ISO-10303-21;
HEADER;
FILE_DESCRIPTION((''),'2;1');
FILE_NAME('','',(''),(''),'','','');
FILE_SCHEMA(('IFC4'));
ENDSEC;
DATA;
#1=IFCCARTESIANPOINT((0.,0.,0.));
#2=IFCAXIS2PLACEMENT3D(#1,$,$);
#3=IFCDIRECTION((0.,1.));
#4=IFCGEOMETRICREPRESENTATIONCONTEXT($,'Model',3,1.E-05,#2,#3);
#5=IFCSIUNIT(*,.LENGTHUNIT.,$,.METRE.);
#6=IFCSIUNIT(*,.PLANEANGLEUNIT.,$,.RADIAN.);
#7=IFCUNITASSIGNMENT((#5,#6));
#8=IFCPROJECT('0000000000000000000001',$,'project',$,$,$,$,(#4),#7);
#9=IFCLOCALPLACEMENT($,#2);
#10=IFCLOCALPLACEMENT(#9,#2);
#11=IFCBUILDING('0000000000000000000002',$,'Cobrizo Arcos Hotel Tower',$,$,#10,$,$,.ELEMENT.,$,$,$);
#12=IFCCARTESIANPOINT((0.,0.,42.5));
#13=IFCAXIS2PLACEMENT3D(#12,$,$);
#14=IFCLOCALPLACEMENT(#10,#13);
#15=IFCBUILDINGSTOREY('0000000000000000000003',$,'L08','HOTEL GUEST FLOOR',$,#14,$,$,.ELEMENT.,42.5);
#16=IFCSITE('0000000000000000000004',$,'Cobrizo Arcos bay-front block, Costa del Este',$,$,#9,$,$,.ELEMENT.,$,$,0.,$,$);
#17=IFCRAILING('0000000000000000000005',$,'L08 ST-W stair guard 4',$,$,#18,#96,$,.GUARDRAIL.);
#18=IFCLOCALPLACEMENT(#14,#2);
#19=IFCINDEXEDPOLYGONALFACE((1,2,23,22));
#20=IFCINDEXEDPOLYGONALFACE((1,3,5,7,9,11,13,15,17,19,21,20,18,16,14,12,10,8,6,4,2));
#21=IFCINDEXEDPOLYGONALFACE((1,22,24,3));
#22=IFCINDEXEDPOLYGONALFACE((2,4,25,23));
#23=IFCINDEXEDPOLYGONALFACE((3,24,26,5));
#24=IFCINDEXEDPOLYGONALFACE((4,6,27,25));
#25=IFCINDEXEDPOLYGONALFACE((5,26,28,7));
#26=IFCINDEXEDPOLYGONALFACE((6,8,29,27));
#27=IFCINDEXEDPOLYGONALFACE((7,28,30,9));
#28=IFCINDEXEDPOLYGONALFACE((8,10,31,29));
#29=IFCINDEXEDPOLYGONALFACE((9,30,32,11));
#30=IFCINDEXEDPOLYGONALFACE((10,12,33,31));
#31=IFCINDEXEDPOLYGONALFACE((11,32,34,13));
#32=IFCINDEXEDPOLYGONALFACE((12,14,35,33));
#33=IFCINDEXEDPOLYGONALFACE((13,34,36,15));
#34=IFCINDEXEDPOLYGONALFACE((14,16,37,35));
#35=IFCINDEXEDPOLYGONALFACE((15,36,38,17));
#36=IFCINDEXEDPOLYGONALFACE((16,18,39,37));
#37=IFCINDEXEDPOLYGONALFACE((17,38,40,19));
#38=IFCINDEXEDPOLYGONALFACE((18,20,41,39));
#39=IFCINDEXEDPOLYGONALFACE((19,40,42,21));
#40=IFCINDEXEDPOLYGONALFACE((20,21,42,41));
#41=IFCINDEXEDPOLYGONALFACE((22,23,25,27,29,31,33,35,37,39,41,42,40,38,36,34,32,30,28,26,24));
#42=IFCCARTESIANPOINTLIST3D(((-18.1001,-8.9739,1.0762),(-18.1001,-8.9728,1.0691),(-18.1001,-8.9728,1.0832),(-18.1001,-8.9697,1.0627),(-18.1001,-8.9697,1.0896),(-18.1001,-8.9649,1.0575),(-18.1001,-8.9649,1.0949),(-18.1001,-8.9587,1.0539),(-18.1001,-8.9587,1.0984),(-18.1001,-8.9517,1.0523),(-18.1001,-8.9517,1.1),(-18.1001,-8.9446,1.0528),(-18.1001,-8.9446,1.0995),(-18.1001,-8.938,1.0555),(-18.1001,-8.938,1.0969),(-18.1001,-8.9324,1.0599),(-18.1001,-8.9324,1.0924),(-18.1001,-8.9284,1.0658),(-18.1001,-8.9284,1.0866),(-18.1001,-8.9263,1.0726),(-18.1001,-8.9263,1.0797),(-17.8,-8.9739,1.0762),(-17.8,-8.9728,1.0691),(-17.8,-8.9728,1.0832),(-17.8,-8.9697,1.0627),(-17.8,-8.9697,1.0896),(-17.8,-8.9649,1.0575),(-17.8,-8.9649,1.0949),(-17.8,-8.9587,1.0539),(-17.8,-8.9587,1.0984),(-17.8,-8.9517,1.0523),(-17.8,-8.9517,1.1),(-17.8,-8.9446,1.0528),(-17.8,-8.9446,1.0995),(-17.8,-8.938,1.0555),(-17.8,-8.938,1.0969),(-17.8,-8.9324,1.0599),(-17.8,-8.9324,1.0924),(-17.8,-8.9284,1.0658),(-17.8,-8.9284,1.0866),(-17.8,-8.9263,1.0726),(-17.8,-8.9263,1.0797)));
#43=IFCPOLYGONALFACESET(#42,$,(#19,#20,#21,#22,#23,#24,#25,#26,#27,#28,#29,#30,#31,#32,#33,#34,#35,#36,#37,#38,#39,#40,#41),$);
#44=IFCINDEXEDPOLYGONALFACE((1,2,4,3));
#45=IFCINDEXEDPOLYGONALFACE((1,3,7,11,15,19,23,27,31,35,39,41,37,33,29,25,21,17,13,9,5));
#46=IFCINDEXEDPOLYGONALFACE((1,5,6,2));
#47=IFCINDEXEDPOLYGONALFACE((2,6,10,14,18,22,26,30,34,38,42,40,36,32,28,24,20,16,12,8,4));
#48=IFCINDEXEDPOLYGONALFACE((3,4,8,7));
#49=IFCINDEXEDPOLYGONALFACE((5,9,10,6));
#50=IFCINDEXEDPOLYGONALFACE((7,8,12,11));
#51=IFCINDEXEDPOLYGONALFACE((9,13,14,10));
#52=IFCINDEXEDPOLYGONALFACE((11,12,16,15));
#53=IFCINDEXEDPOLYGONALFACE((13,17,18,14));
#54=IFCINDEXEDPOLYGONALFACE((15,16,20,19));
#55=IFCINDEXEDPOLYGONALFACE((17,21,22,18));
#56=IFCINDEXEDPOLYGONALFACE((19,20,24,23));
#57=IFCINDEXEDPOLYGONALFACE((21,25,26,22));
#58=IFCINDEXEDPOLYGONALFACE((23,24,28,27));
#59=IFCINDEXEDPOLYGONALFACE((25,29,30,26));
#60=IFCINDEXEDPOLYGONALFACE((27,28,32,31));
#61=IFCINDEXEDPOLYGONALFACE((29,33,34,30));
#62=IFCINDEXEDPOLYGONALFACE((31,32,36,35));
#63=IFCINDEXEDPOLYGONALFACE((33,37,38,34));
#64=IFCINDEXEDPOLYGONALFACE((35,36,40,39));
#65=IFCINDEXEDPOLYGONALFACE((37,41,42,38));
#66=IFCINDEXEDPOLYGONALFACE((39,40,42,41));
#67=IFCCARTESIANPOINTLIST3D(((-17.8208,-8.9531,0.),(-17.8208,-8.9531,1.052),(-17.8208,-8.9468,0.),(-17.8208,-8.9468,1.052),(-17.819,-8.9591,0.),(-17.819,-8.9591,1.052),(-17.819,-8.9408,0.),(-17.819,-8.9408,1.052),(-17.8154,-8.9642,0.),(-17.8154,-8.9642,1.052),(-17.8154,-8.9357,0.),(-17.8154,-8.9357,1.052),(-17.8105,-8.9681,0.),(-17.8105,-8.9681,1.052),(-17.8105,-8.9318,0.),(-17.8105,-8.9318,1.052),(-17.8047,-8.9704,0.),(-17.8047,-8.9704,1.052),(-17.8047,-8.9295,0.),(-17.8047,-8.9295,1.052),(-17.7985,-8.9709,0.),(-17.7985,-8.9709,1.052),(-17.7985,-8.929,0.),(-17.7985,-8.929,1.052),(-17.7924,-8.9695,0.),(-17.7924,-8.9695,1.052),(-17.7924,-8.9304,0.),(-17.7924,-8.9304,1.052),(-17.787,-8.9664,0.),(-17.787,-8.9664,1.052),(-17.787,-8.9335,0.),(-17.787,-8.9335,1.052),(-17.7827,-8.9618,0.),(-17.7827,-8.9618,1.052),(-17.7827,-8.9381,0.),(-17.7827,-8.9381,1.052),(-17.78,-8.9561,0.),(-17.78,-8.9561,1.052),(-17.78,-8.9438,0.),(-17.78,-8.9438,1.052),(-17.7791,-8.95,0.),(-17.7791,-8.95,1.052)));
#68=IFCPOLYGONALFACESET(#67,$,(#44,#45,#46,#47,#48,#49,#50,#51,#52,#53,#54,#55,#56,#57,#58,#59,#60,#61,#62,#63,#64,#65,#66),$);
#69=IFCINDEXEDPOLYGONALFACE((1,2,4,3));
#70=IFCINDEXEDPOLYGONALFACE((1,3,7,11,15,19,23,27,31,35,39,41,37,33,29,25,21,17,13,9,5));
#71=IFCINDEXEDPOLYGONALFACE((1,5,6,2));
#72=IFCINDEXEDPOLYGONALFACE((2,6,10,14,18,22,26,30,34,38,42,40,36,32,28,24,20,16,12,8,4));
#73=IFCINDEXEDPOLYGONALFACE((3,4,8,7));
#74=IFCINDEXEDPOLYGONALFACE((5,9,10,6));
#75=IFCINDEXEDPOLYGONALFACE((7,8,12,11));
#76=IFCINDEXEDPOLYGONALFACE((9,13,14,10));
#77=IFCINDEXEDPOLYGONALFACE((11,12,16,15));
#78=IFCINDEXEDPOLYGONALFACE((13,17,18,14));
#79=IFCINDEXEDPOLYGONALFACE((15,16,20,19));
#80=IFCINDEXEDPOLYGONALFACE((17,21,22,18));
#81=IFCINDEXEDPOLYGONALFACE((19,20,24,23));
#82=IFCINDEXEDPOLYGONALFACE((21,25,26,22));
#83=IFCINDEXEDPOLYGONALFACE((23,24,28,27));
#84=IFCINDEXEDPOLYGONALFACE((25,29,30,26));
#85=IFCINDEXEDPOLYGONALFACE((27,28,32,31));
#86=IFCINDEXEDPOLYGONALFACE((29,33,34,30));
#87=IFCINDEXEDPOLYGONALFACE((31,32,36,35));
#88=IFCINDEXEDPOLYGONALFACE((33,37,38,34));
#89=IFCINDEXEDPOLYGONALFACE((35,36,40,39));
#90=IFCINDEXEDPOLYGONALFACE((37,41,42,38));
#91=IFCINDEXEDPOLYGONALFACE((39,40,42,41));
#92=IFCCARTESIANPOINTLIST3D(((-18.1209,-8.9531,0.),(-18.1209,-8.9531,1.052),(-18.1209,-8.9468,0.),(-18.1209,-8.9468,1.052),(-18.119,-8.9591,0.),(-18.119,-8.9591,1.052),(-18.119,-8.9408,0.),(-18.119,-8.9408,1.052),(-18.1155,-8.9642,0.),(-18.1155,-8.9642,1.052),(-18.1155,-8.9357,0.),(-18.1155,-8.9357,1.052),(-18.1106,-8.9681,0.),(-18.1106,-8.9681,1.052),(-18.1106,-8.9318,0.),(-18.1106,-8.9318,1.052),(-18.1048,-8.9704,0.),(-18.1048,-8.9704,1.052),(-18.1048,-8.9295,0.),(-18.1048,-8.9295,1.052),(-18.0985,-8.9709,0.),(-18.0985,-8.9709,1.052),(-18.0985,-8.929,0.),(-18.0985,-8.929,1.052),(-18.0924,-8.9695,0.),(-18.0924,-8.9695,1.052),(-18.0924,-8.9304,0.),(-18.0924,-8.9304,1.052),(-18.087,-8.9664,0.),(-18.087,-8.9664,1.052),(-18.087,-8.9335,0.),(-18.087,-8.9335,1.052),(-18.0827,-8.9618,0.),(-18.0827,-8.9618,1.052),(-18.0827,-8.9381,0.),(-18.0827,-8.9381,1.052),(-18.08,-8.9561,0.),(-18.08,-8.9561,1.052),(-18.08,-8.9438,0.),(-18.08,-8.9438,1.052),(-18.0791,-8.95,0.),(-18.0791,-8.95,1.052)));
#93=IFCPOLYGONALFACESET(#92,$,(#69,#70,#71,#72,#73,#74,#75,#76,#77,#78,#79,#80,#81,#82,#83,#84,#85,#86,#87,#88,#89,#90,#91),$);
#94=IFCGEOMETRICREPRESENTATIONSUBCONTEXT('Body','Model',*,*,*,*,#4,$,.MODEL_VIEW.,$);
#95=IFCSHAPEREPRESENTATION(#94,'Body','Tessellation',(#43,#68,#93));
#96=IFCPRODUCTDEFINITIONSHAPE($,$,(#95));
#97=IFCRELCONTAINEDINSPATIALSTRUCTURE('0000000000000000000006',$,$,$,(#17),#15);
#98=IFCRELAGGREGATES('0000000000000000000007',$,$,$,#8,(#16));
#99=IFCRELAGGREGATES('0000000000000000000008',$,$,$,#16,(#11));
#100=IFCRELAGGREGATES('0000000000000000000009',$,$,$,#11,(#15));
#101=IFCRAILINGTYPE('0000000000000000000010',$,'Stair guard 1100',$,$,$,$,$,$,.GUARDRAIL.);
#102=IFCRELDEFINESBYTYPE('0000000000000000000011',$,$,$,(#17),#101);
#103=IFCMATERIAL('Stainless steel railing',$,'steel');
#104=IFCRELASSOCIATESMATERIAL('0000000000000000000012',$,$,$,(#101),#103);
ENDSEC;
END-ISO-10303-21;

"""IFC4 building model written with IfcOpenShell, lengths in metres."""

from ifc_helpers import new_model, si_unit, direction, frame, origin, origin_2d, place, context, subcontext, project, spatial, circle, extrude, material, type_object, element, save


model = new_model("IFC4")

# Units and contexts
model_context = context("Model", 3, precision=1e-05, world=origin(), true_north=direction((0.0, 1.0)))
body_context = subcontext(model_context, "Body", "Model", "MODEL_VIEW")
ifc_project = project(units=[si_unit("LENGTHUNIT", "METRE"), si_unit("PLANEANGLEUNIT", "RADIAN")], contexts=[model_context])

# Site, building, storey
site_placement = place(None, origin())
site = spatial("IfcSite", under=ifc_project, at=site_placement, Name="Cobrizo Arcos bay-front block, Costa del Este", CompositionType="ELEMENT", RefElevation=0.0)
building_placement = place(site_placement, origin())
building = spatial("IfcBuilding", under=site, at=building_placement, Name="Cobrizo Arcos Hotel Tower", CompositionType="ELEMENT")
storey_placement = place(building_placement, frame((0.0, 0.0, 42.5)))
storey = spatial("IfcBuildingStorey", under=building, at=storey_placement, Name="L08", Description="HOTEL GUEST FLOOR", CompositionType="ELEMENT", Elevation=42.5)

# Railing
ifc_material_1 = material(Name="Stainless steel railing", Category="steel")
railing_type_1 = type_object("IfcRailingType", Name="Stair guard 1100", PredefinedType="GUARDRAIL", material=ifc_material_1)
railing_1_placement = place(storey_placement, frame((-17.8, -8.95, 0.0)))
element("IfcRailing", 1, at=railing_1_placement, inside=storey, type_object=railing_type_1, Name="L08 ST-W stair guard 4", PredefinedType="GUARDRAIL", context=body_context, shape_type="SweptSolid", body=[
    extrude(circle(Radius=0.0239, at=origin_2d()), frame((0.0, 0.0, 1.0762), z_axis=(-1.0, 0.0, 0.0), x_axis=(0.0, -1.0, 0.0)), (0.0, 0.0, 1.0), 0.3),
    extrude(circle(Radius=0.021, at=origin_2d()), origin(), (0.0, 0.0, 1.0), 1.052),
    extrude(circle(Radius=0.021, at=origin_2d()), frame((-0.3, 0.0, 0.0)), (0.0, 0.0, 1.0), 1.052),
])

save(model, "model.ifc")
